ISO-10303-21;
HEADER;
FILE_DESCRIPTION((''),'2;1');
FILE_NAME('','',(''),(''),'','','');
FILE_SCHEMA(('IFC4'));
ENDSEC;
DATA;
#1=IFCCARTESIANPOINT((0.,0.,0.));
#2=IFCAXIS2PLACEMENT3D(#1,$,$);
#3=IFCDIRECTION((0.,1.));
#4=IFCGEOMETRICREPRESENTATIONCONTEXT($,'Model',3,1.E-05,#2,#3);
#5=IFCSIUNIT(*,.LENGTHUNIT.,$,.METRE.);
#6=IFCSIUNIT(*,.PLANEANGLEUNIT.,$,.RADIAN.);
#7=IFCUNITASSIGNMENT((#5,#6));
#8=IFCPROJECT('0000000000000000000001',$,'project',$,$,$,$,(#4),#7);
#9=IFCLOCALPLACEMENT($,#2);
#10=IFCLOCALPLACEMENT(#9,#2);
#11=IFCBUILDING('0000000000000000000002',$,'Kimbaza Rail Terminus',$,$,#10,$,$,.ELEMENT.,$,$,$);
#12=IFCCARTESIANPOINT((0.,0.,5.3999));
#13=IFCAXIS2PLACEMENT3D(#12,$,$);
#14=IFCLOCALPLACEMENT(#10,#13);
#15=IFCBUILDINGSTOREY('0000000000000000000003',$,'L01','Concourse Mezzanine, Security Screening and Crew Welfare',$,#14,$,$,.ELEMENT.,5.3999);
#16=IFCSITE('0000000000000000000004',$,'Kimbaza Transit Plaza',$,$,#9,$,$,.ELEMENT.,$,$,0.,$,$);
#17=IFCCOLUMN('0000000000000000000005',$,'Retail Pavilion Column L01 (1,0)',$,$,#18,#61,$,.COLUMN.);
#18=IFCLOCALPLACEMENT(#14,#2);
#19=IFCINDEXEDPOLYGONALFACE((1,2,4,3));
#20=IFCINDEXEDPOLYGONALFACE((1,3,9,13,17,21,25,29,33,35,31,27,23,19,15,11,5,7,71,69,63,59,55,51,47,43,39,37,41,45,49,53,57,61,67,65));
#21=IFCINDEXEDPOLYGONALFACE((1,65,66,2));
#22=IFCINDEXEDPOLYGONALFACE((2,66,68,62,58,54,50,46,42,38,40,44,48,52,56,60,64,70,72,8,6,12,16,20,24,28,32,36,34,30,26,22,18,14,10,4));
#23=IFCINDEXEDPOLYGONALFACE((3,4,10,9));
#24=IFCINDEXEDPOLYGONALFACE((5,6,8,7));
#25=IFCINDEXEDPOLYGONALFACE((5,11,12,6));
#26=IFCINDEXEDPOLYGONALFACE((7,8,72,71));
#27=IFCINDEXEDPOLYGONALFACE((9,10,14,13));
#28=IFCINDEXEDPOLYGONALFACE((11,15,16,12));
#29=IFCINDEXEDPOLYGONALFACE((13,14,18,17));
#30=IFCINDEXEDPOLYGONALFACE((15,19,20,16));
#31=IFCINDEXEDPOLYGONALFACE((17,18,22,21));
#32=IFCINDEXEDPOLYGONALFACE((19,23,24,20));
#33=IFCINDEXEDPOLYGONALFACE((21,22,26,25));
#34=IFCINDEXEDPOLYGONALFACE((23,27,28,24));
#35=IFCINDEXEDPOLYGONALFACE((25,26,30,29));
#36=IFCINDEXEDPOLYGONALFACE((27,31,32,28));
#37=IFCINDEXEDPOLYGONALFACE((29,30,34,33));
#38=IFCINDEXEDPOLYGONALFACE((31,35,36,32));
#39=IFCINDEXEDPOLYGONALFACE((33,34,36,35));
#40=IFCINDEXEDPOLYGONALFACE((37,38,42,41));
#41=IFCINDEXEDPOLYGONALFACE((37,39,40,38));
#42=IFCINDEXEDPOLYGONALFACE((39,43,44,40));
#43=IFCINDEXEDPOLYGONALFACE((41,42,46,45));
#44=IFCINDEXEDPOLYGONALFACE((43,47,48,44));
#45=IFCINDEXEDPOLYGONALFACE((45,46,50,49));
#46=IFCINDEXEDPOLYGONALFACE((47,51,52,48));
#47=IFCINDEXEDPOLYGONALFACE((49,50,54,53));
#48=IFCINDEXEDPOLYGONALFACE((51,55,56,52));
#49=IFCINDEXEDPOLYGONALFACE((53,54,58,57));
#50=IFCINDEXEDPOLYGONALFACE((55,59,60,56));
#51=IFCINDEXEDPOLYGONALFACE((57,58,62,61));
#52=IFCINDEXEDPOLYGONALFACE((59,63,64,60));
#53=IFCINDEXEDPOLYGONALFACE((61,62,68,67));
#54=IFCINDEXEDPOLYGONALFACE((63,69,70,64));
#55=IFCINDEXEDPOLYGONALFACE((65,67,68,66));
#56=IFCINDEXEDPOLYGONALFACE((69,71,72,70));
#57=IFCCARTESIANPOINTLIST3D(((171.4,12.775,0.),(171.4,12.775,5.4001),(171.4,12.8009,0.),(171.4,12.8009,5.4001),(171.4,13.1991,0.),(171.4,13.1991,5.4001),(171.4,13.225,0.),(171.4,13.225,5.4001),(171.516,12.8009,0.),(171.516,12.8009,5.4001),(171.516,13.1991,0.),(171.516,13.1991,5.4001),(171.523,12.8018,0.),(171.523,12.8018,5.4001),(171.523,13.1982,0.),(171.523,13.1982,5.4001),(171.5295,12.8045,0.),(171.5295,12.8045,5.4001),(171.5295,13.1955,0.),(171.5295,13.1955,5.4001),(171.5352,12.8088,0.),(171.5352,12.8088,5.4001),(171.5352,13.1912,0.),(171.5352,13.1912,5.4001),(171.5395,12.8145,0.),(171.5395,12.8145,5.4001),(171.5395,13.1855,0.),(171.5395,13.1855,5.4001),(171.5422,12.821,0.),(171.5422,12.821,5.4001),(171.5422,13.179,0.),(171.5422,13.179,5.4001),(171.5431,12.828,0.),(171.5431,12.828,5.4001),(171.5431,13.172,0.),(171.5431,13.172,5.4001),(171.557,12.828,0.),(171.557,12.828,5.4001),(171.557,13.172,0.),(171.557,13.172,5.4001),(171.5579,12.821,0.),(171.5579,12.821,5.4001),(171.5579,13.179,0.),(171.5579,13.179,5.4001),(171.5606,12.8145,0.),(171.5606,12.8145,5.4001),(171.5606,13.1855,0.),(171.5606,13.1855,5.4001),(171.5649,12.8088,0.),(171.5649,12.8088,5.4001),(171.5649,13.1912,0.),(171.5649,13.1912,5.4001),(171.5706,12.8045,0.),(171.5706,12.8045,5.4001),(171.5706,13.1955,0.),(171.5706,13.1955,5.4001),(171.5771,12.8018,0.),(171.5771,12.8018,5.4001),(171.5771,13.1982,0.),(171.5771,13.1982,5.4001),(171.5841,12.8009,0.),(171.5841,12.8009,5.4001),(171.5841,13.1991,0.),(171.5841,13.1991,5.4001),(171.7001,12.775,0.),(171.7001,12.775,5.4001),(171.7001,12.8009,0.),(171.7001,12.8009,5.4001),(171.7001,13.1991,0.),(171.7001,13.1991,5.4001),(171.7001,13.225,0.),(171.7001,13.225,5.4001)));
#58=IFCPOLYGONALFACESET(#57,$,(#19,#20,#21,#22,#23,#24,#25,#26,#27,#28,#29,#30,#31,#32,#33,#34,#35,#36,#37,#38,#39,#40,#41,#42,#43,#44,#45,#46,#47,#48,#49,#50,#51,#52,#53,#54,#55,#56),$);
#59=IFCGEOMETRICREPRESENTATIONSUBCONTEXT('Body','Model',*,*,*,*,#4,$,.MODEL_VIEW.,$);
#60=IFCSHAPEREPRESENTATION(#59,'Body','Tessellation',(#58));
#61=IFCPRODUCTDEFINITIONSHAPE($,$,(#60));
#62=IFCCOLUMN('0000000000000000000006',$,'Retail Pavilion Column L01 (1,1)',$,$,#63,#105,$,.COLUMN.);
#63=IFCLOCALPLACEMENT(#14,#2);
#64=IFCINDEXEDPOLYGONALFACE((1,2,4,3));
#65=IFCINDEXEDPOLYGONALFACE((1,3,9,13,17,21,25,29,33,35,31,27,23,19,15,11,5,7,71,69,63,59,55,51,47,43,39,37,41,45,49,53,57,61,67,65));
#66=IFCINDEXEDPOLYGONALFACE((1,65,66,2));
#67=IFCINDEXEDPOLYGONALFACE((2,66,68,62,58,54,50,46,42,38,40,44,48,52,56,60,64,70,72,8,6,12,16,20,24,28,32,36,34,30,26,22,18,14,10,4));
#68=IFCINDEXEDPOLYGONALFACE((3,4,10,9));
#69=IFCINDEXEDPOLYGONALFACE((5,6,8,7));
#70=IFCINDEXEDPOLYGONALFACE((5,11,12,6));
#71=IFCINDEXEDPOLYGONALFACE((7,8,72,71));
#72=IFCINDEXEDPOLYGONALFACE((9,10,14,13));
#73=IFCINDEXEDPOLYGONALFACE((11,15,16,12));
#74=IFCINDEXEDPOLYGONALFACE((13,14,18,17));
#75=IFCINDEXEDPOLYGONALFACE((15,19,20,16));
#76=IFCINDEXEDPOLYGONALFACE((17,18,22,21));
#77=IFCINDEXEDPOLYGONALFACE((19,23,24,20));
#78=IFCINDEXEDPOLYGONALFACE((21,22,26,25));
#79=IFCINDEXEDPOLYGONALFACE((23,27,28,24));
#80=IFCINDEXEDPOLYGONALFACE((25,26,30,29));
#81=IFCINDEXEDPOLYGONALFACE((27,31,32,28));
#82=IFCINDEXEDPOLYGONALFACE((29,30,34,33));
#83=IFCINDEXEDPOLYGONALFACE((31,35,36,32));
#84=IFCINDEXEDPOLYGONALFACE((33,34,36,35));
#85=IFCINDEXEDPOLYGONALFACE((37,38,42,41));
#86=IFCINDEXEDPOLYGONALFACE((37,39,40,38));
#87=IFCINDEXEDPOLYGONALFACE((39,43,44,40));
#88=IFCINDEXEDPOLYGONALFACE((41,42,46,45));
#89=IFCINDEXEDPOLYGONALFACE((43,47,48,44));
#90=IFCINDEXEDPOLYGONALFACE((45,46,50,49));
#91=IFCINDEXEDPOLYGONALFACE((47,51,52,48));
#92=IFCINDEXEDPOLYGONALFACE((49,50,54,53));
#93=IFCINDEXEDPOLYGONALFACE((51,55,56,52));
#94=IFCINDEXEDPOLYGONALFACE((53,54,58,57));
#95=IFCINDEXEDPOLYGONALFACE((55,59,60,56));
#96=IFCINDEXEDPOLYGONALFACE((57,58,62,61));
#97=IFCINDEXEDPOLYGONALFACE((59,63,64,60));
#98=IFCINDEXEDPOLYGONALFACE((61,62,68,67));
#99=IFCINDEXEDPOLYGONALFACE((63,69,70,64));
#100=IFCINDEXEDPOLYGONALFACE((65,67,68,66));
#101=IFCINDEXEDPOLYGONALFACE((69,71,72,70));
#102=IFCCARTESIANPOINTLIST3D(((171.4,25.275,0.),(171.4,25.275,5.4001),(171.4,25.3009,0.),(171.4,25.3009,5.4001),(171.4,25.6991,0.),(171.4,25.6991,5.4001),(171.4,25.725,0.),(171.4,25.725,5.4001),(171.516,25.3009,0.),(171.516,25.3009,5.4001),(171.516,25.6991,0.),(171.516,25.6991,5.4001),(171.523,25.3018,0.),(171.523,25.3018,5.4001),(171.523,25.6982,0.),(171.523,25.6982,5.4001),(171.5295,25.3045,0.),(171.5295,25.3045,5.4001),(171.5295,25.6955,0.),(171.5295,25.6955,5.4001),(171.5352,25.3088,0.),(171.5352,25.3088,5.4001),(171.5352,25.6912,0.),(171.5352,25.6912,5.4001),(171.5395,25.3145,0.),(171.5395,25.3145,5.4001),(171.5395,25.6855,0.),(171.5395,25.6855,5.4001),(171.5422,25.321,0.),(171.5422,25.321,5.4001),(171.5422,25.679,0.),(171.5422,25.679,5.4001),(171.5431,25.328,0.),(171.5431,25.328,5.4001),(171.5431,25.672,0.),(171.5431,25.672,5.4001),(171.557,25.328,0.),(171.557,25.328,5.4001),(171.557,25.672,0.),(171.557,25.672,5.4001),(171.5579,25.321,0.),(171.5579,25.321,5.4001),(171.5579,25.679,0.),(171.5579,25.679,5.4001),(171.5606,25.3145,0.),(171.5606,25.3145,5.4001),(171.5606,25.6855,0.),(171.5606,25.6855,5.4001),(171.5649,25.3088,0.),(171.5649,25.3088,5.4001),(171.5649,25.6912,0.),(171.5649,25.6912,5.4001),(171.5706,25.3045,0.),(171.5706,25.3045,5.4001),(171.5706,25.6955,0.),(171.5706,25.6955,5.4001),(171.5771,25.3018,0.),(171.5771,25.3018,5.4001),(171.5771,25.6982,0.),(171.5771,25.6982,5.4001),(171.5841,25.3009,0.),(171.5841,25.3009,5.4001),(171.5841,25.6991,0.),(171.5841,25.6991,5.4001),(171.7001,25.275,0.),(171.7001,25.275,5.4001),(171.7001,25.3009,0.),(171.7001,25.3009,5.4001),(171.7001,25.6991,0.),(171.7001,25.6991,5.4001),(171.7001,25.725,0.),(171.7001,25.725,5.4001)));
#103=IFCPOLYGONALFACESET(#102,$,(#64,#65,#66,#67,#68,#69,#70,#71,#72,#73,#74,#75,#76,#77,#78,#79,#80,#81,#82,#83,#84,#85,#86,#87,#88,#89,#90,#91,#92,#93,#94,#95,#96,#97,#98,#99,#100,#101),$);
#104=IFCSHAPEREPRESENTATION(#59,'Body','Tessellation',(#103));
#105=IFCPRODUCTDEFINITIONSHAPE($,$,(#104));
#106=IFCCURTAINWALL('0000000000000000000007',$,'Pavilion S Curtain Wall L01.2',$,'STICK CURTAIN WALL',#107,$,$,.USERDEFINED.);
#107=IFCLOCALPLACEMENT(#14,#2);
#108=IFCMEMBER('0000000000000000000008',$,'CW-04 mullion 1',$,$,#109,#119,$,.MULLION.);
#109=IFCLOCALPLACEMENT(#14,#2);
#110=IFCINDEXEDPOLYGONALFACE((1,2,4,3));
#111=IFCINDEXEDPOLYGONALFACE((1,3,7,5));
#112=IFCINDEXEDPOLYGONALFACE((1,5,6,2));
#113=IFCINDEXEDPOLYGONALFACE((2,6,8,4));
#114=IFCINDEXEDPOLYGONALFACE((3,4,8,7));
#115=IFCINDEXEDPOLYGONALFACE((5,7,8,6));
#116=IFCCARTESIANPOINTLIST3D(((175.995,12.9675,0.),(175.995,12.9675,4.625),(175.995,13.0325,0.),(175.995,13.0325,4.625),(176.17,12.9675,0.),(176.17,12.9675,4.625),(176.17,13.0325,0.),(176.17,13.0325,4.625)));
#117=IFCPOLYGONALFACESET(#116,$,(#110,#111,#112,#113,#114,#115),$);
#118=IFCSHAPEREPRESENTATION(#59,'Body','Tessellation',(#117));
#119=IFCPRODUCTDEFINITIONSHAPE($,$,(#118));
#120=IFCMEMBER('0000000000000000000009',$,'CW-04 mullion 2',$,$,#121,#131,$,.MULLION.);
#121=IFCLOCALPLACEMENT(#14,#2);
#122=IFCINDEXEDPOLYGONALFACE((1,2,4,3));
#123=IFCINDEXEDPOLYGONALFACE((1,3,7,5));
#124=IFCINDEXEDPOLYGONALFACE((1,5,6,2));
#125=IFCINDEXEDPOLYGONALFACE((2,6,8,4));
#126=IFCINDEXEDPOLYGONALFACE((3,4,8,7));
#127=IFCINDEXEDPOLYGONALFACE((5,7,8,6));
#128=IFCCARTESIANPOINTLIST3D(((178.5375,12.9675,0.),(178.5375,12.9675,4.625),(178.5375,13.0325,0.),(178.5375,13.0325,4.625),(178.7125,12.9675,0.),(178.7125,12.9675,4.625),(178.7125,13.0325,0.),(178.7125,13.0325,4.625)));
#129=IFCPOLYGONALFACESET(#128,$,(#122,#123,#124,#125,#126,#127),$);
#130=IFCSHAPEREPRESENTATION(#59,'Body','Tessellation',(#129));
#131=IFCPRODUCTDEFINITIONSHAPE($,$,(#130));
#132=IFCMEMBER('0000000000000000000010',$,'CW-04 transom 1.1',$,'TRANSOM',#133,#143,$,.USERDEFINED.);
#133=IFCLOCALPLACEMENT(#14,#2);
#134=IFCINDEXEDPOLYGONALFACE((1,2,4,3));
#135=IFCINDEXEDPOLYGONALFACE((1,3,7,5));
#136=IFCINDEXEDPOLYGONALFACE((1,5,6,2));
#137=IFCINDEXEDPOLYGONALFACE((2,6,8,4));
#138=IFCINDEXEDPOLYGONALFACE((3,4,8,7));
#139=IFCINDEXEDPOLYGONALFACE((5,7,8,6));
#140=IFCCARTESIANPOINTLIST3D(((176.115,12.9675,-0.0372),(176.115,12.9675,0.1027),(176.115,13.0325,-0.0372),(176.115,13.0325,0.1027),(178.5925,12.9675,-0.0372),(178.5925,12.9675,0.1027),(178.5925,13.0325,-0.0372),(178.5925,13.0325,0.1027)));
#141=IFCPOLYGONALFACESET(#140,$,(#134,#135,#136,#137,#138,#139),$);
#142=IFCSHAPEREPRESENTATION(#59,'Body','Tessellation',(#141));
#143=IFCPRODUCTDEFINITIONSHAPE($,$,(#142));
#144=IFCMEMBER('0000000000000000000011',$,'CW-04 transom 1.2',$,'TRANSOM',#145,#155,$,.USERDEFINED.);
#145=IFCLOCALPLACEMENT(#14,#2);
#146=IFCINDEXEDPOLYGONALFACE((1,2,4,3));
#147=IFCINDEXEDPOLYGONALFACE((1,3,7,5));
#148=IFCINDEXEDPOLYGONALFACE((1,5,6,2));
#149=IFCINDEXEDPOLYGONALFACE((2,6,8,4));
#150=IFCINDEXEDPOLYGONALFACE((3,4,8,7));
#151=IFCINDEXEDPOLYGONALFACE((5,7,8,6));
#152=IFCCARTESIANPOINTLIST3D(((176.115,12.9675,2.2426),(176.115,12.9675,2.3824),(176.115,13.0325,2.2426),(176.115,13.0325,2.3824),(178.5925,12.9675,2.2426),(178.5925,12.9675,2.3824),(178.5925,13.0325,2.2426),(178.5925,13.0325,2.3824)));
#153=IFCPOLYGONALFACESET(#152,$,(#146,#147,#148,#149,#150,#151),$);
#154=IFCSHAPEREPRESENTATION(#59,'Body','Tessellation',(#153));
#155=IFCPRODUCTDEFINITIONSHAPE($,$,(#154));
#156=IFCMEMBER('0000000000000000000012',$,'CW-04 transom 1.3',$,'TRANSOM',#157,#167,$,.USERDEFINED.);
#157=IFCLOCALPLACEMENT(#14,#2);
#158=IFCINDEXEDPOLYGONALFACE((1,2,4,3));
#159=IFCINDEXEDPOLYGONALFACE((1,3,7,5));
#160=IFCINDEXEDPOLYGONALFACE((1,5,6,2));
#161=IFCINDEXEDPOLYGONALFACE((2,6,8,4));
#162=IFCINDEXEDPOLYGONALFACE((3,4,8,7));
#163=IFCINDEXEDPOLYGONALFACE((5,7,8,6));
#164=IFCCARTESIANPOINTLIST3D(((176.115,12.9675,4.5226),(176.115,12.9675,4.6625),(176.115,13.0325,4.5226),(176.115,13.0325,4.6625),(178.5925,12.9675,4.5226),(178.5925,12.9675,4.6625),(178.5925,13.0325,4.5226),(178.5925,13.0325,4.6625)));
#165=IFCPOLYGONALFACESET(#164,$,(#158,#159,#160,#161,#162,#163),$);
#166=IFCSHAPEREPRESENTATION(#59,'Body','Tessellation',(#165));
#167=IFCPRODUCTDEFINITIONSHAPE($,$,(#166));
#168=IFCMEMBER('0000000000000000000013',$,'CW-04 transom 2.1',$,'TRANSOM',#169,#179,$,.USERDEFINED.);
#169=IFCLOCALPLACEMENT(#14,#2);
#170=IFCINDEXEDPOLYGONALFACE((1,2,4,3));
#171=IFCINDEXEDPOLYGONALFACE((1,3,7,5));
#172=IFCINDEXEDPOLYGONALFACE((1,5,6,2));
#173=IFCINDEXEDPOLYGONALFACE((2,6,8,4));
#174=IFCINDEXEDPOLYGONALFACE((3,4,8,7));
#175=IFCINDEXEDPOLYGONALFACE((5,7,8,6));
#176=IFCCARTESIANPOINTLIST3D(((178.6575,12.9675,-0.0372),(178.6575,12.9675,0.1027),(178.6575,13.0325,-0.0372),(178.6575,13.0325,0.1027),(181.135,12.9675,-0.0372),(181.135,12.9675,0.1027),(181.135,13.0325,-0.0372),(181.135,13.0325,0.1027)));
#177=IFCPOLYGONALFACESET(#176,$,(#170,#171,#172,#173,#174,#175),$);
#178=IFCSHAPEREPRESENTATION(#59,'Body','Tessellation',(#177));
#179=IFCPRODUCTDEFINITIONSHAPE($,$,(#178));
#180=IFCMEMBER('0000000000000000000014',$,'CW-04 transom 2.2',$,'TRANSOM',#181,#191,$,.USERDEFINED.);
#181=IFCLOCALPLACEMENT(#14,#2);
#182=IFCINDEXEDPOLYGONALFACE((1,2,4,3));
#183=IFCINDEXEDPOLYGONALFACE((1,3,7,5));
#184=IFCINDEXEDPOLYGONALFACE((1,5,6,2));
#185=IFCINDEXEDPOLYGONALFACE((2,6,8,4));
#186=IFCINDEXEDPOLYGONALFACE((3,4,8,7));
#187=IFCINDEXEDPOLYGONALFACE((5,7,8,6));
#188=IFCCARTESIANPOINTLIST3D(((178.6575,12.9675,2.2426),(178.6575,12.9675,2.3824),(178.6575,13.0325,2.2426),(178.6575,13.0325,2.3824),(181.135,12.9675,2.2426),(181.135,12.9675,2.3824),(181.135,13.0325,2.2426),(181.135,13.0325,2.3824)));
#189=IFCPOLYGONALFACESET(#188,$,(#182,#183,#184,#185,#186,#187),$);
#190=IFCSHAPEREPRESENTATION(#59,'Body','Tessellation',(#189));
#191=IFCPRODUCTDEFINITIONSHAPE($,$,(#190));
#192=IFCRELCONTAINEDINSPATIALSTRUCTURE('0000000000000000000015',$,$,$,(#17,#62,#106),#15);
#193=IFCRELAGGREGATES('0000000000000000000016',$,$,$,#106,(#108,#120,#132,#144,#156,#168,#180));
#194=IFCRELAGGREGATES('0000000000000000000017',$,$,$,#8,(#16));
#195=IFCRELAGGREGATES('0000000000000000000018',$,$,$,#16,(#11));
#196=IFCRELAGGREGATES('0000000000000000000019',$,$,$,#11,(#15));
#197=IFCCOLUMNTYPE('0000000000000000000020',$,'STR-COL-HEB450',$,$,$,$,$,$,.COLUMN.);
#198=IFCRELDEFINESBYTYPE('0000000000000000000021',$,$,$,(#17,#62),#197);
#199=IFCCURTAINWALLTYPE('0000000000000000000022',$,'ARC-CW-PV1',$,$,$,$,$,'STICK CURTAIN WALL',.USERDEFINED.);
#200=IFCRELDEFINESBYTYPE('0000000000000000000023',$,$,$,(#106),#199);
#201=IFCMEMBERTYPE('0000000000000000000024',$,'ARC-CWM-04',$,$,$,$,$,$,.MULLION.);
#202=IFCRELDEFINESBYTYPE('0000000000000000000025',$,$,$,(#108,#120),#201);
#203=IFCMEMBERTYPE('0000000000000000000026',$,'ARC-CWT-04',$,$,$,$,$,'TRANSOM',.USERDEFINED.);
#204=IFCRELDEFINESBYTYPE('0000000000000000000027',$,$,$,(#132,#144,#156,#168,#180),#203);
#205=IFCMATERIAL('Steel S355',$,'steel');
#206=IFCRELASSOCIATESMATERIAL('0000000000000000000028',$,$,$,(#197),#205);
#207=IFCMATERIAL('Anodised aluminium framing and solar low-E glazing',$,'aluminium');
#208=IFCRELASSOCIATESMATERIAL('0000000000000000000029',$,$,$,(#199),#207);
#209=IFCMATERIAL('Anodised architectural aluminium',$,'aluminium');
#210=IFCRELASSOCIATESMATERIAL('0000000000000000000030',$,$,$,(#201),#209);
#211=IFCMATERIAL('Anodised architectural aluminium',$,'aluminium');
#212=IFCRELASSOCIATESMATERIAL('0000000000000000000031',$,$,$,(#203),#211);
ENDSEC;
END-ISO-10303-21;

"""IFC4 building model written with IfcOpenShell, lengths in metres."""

from ifc_helpers import new_model, si_unit, direction, frame, origin, origin_2d, place, context, subcontext, project, spatial, rectangle, i_section, extrude, material, material_profile, profile_set, type_object, element, aggregate, save


model = new_model("IFC4")

# Units and contexts
model_context = context("Model", 3, precision=1e-05, world=origin(), true_north=direction((0.0, 1.0)))
body_context = subcontext(model_context, "Body", "Model", "MODEL_VIEW")
ifc_project = project(units=[si_unit("LENGTHUNIT", "METRE"), si_unit("PLANEANGLEUNIT", "RADIAN")], contexts=[model_context])

# Site, building, storey
site_placement = place(None, origin())
site = spatial("IfcSite", under=ifc_project, at=site_placement, Name="Kimbaza Transit Plaza", CompositionType="ELEMENT", RefElevation=0.0)
building_placement = place(site_placement, origin())
building = spatial("IfcBuilding", under=site, at=building_placement, Name="Kimbaza Rail Terminus", CompositionType="ELEMENT")
storey_placement = place(building_placement, frame((0.0, 0.0, 5.3999)))
storey = spatial("IfcBuildingStorey", under=building, at=storey_placement, Name="L01", Description="Concourse Mezzanine, Security Screening and Crew Welfare", CompositionType="ELEMENT", Elevation=5.3999)

# Columns
ifc_material_1 = material(Name="Steel S355", Category="steel")
ifc_material_profile_1 = material_profile(ifc_material_1, i_section(OverallWidth=0.3, OverallDepth=0.45, WebThickness=0.0139, FlangeThickness=0.0259, FilletRadius=0.0271, at=origin_2d()), Name="HEB 450")
ifc_profile_set_1 = profile_set([ifc_material_profile_1], Name="Steel S355")
column_type = type_object("IfcColumnType", Name="STR-COL-HEB450", PredefinedType="COLUMN", material=ifc_profile_set_1)
for number, where, z_axis, x_axis, name in (
    (1, (171.55, 13.0, 0.0), (0.0, 0.0, 1.0), (1.0, 0.0, 0.0), "Retail Pavilion Column L01 (1,0)"),
    (2, (171.55, 25.5, 0.0), (0.0, 0.0, 1.0), (1.0, 0.0, 0.0), "Retail Pavilion Column L01 (1,1)"),
):
    element("IfcColumn", number, at=place(storey_placement, frame(where, z_axis=z_axis, x_axis=x_axis)), inside=storey, type_object=column_type, Name=name, PredefinedType="COLUMN", context=body_context, shape_type="SweptSolid", body=[
        extrude(i_section(OverallWidth=0.3, OverallDepth=0.45, WebThickness=0.0139, FlangeThickness=0.0259, FilletRadius=0.0271, at=origin_2d()), origin(), (0.0, 0.0, 1.0), 5.4001),
    ])

# Curtain wall, members
ifc_material_2 = material(Name="Anodised aluminium framing and solar low-E glazing", Category="aluminium")
curtain_wall_type = type_object("IfcCurtainWallType", Name="ARC-CW-PV1", ElementType="STICK CURTAIN WALL", PredefinedType="USERDEFINED", material=ifc_material_2)
curtain_wall_placement = place(storey_placement, origin())
curtain_wall = element("IfcCurtainWall", 3, at=curtain_wall_placement, inside=storey, type_object=curtain_wall_type, Name="Pavilion S Curtain Wall L01.2", ObjectType="STICK CURTAIN WALL", PredefinedType="USERDEFINED")
ifc_material_3 = material(Name="Anodised architectural aluminium", Category="aluminium")
ifc_material_profile_2 = material_profile(ifc_material_3, rectangle(XDim=0.0649, YDim=0.175, at=origin_2d()), Name="MULLION 65x175")
ifc_profile_set_2 = profile_set([ifc_material_profile_2], Name="Anodised architectural aluminium")
member_type_1 = type_object("IfcMemberType", Name="ARC-CWM-04", PredefinedType="MULLION", material=ifc_profile_set_2)
member_1_placement = place(storey_placement, frame((176.0825, 13.0, 0.0), z_axis=(0.0, 0.0, 1.0), x_axis=(0.0, 1.0, 0.0)))
member_1 = element("IfcMember", 4, at=member_1_placement, type_object=member_type_1, Name="CW-04 mullion 1", PredefinedType="MULLION", context=body_context, shape_type="SweptSolid", body=[
    extrude(rectangle(XDim=0.0649, YDim=0.175, at=origin_2d()), origin(), (0.0, 0.0, 1.0), 4.625),
])
member_2_placement = place(storey_placement, frame((178.625, 13.0, 0.0), z_axis=(0.0, 0.0, 1.0), x_axis=(0.0, 1.0, 0.0)))
member_2 = element("IfcMember", 5, at=member_2_placement, type_object=member_type_1, Name="CW-04 mullion 2", PredefinedType="MULLION", context=body_context, shape_type="SweptSolid", body=[
    extrude(rectangle(XDim=0.0649, YDim=0.175, at=origin_2d()), origin(), (0.0, 0.0, 1.0), 4.625),
])
ifc_material_4 = material(Name="Anodised architectural aluminium", Category="aluminium")
ifc_material_profile_3 = material_profile(ifc_material_4, rectangle(XDim=0.0649, YDim=0.1399, at=origin_2d()), Name="TRANSOM 65x140")
ifc_profile_set_3 = profile_set([ifc_material_profile_3], Name="Anodised architectural aluminium")
member_type_2 = type_object("IfcMemberType", Name="ARC-CWT-04", ElementType="TRANSOM", PredefinedType="USERDEFINED", material=ifc_profile_set_3)
member_3_placement = place(storey_placement, frame((176.115, 13.0, 0.0327), z_axis=(1.0, 0.0, 0.0), x_axis=(0.0, 1.0, 0.0)))
member_3 = element("IfcMember", 6, at=member_3_placement, type_object=member_type_2, Name="CW-04 transom 1.1", ObjectType="TRANSOM", PredefinedType="USERDEFINED", context=body_context, shape_type="SweptSolid", body=[
    extrude(rectangle(XDim=0.0649, YDim=0.1399, at=origin_2d()), origin(), (0.0, 0.0, 1.0), 2.4775),
])
member_4_placement = place(storey_placement, frame((176.115, 13.0, 2.3125), z_axis=(1.0, 0.0, 0.0), x_axis=(0.0, 1.0, 0.0)))
member_4 = element("IfcMember", 7, at=member_4_placement, type_object=member_type_2, Name="CW-04 transom 1.2", ObjectType="TRANSOM", PredefinedType="USERDEFINED", context=body_context, shape_type="SweptSolid", body=[
    extrude(rectangle(XDim=0.0649, YDim=0.1399, at=origin_2d()), origin(), (0.0, 0.0, 1.0), 2.4775),
])
member_5_placement = place(storey_placement, frame((176.115, 13.0, 4.5925), z_axis=(1.0, 0.0, 0.0), x_axis=(0.0, 1.0, 0.0)))
member_5 = element("IfcMember", 8, at=member_5_placement, type_object=member_type_2, Name="CW-04 transom 1.3", ObjectType="TRANSOM", PredefinedType="USERDEFINED", context=body_context, shape_type="SweptSolid", body=[
    extrude(rectangle(XDim=0.0649, YDim=0.1399, at=origin_2d()), origin(), (0.0, 0.0, 1.0), 2.4775),
])
member_6_placement = place(storey_placement, frame((178.6575, 13.0, 0.0327), z_axis=(1.0, 0.0, 0.0), x_axis=(0.0, 1.0, 0.0)))
member_6 = element("IfcMember", 9, at=member_6_placement, type_object=member_type_2, Name="CW-04 transom 2.1", ObjectType="TRANSOM", PredefinedType="USERDEFINED", context=body_context, shape_type="SweptSolid", body=[
    extrude(rectangle(XDim=0.0649, YDim=0.1399, at=origin_2d()), origin(), (0.0, 0.0, 1.0), 2.4775),
])
member_7_placement = place(storey_placement, frame((178.6575, 13.0, 2.3125), z_axis=(1.0, 0.0, 0.0), x_axis=(0.0, 1.0, 0.0)))
member_7 = element("IfcMember", 10, at=member_7_placement, type_object=member_type_2, Name="CW-04 transom 2.2", ObjectType="TRANSOM", PredefinedType="USERDEFINED", context=body_context, shape_type="SweptSolid", body=[
    extrude(rectangle(XDim=0.0649, YDim=0.1399, at=origin_2d()), origin(), (0.0, 0.0, 1.0), 2.4775),
])

aggregate(curtain_wall, [member_1, member_2, member_3, member_4, member_5, member_6, member_7])

save(model, "model.ifc")
